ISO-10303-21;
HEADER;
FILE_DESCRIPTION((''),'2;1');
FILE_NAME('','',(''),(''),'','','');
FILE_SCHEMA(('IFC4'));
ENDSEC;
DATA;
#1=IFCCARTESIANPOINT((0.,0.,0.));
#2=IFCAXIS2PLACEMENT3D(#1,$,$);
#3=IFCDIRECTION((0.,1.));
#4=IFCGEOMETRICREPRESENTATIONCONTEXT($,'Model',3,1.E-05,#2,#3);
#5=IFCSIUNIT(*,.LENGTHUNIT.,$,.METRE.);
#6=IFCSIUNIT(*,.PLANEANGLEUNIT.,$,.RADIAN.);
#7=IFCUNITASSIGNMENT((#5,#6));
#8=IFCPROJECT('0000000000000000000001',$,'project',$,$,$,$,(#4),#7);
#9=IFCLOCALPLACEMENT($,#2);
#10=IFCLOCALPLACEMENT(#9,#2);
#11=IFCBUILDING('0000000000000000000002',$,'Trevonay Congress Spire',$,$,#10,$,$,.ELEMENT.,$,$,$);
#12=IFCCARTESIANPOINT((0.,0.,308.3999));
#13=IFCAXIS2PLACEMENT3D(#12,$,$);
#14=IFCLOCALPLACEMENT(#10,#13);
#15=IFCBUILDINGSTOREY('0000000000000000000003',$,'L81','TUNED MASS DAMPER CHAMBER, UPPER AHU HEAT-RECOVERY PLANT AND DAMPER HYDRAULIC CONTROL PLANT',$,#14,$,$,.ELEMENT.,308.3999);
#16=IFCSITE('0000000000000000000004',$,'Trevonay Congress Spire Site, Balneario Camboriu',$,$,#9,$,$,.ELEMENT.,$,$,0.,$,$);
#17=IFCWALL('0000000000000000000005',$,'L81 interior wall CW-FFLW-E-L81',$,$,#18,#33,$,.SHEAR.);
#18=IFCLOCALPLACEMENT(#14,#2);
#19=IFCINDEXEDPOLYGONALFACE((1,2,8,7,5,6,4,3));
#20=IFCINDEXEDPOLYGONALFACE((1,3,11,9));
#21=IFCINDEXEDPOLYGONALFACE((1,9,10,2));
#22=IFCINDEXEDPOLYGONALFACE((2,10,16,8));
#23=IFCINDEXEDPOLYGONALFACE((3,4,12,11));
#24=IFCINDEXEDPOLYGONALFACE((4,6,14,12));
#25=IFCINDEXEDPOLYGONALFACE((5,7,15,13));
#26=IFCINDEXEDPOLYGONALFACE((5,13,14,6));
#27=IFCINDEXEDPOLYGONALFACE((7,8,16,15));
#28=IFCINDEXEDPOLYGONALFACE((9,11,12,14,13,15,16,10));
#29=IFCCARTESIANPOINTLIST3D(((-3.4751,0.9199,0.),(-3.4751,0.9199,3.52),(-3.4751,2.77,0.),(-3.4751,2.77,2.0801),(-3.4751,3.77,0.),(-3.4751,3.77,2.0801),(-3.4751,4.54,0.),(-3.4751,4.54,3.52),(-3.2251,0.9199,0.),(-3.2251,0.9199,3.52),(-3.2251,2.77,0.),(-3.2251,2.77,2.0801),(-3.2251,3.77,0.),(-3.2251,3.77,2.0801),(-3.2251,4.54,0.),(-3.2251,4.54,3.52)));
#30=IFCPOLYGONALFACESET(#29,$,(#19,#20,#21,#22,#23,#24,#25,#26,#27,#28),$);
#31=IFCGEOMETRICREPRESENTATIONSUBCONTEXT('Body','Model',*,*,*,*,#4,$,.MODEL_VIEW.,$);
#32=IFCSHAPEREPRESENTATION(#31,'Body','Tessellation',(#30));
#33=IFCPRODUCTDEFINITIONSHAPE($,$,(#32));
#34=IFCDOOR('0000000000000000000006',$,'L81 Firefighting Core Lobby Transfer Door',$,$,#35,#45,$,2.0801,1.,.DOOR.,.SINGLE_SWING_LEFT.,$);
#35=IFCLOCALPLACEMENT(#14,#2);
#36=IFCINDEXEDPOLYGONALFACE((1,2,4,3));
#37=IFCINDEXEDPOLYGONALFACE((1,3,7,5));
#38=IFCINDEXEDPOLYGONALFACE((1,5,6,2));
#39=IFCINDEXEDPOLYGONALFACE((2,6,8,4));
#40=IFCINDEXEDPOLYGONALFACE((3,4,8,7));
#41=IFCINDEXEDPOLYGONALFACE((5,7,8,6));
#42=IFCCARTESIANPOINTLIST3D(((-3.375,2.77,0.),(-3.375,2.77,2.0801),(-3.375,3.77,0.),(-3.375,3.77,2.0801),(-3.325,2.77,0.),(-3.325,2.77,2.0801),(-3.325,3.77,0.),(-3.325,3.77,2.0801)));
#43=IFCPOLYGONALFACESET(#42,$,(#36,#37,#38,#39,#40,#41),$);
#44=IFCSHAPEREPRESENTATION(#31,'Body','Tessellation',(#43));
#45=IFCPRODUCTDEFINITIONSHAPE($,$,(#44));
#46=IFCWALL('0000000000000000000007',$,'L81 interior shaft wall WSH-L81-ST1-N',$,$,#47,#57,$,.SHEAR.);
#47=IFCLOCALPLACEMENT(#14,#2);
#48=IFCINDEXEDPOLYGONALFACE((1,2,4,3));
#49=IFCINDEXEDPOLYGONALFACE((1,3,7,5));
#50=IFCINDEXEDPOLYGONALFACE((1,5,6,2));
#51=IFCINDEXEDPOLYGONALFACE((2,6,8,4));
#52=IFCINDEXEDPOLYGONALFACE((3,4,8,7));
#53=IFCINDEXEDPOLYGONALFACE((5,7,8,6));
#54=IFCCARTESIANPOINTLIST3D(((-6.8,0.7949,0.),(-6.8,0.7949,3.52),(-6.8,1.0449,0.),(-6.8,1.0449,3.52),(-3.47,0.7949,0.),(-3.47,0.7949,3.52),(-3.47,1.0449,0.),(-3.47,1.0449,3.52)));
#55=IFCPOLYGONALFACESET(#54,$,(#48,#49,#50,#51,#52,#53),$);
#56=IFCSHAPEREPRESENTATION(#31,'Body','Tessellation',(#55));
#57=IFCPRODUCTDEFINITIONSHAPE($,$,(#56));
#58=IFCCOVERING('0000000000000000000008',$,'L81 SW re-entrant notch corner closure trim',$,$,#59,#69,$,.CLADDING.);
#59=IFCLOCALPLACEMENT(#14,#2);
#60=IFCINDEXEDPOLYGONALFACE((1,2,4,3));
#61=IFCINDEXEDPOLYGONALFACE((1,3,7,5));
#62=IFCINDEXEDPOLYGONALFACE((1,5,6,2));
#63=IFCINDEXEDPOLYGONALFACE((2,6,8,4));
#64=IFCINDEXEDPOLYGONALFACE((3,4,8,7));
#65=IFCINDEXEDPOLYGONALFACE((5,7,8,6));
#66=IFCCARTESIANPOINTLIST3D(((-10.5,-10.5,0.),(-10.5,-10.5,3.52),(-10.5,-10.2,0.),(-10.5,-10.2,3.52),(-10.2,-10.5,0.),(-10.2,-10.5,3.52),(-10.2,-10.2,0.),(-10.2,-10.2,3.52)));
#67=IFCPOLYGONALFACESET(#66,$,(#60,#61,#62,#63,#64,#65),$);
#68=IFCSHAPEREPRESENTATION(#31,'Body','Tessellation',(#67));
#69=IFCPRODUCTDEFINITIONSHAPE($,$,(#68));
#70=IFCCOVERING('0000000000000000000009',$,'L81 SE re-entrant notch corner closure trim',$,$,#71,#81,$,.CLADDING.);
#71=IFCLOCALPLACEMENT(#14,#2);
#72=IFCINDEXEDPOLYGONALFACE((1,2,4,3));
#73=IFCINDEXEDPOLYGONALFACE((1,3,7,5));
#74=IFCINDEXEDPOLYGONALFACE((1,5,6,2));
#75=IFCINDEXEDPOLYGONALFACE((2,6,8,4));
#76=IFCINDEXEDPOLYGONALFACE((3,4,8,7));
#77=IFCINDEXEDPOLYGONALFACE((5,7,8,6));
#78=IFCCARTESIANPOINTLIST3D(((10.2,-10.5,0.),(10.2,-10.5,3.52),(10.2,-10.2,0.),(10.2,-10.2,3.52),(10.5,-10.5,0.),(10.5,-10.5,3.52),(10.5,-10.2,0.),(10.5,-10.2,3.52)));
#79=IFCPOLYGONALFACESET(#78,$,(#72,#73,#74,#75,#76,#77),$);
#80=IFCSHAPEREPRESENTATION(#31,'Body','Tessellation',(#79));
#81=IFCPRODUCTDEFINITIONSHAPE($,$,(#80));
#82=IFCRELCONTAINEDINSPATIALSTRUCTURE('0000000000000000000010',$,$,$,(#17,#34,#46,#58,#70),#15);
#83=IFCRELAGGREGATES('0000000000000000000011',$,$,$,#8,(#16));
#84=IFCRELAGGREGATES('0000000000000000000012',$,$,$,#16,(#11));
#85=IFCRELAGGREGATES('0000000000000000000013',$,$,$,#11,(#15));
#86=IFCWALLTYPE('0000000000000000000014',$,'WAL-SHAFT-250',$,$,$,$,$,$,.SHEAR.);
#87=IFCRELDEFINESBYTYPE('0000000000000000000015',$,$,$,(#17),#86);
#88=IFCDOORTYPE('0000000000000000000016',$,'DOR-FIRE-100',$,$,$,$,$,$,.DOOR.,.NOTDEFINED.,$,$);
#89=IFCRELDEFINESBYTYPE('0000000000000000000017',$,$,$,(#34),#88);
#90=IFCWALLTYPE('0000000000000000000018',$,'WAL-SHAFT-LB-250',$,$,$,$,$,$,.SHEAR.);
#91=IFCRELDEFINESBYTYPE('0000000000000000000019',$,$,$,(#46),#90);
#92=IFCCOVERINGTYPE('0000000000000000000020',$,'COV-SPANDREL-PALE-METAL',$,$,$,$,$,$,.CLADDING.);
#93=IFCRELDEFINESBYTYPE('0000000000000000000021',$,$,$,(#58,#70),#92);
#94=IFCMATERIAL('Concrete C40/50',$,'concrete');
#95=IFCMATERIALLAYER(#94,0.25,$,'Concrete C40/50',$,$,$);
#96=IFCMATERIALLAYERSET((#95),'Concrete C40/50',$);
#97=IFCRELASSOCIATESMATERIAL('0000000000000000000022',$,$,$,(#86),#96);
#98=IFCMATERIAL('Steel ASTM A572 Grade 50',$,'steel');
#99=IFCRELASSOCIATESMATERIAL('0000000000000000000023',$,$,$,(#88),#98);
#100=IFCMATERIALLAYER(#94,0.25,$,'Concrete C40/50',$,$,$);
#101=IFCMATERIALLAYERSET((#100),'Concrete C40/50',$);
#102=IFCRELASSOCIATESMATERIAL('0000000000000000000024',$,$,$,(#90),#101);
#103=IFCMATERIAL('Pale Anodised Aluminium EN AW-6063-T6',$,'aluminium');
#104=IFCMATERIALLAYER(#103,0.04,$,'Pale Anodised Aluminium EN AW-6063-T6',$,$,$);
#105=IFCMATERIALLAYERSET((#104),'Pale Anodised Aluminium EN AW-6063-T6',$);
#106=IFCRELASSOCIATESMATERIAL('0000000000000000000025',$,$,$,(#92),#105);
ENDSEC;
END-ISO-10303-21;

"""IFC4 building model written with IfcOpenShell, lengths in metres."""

from ifc_helpers import new_model, si_unit, direction, frame, frame_2d, origin, place, context, subcontext, project, spatial, polyline, rectangle, outline, extrude, material, layer, layer_set, type_object, element, fill, save


model = new_model("IFC4")

# Units and contexts
model_context = context("Model", 3, precision=1e-05, world=origin(), true_north=direction((0.0, 1.0)))
body_context = subcontext(model_context, "Body", "Model", "MODEL_VIEW")
ifc_project = project(units=[si_unit("LENGTHUNIT", "METRE"), si_unit("PLANEANGLEUNIT", "RADIAN")], contexts=[model_context])

# Site, building, storey
site_placement = place(None, origin())
site = spatial("IfcSite", under=ifc_project, at=site_placement, Name="Trevonay Congress Spire Site, Balneario Camboriu", CompositionType="ELEMENT", RefElevation=0.0)
building_placement = place(site_placement, origin())
building = spatial("IfcBuilding", under=site, at=building_placement, Name="Trevonay Congress Spire", CompositionType="ELEMENT")
storey_placement = place(building_placement, frame((0.0, 0.0, 308.3999)))
storey = spatial("IfcBuildingStorey", under=building, at=storey_placement, Name="L81", Description="TUNED MASS DAMPER CHAMBER, UPPER AHU HEAT-RECOVERY PLANT AND DAMPER HYDRAULIC CONTROL PLANT", CompositionType="ELEMENT", Elevation=308.3999)

# Shared definitions
ifc_material_1 = material(Name="Steel ASTM A572 Grade 50", Category="steel")

# Shared definitions
ifc_material_2 = material(Name="Concrete C40/50", Category="concrete")

# Shared definitions
ifc_layer_1 = layer(ifc_material_2, 0.25, Name="Concrete C40/50")
ifc_layer_set_1 = layer_set([ifc_layer_1], Name="Concrete C40/50")
wall_type_1 = type_object("IfcWallType", Name="WAL-SHAFT-250", PredefinedType="SHEAR", material=ifc_layer_set_1)

# Wall, opening, door
wall_1_placement = place(storey_placement, frame((-3.3501, 0.9199, 0.0), z_axis=(0.0, 0.0, 1.0), x_axis=(0.0, 1.0, 0.0)))
wall_1 = element("IfcWall", 1, at=wall_1_placement, inside=storey, type_object=wall_type_1, Name="L81 interior wall CW-FFLW-E-L81", PredefinedType="SHEAR", context=body_context, shape_type="SweptSolid", body=[
    extrude(rectangle(XDim=3.6201, YDim=0.25, at=frame_2d((1.8101, 0.0))), origin(), (0.0, 0.0, 1.0), 3.52),
])
opening_1_placement = place(wall_1_placement, frame((1.8501, 0.0, 0.0)))
opening_1 = element("IfcOpeningElement", 2, at=opening_1_placement, cuts=wall_1, PredefinedType="OPENING", context=body_context, shape_type="SweptSolid", body=[
    extrude(rectangle(XDim=1.0, YDim=2.0801, at=frame_2d((0.5, 1.04))), frame((0.0, 0.135, 0.0), z_axis=(0.0, -1.0, 0.0), x_axis=(1.0, 0.0, 0.0)), (0.0, 0.0, 1.0), 0.27),
])
door_type_1 = type_object("IfcDoorType", Name="DOR-FIRE-100", OperationType="NOTDEFINED", PredefinedType="DOOR", material=ifc_material_1)
door_1_placement = place(opening_1_placement, origin())
door_1 = element("IfcDoor", 3, at=door_1_placement, inside=storey, type_object=door_type_1, Name="L81 Firefighting Core Lobby Transfer Door", OperationType="SINGLE_SWING_LEFT", OverallHeight=2.0801, OverallWidth=1.0, PredefinedType="DOOR", context=body_context, shape_type="SweptSolid", body=[
    extrude(rectangle(XDim=1.0, YDim=2.0801, at=frame_2d((0.5, 1.04))), frame((0.0, 0.0249, 0.0), z_axis=(0.0, -1.0, 0.0), x_axis=(1.0, 0.0, 0.0)), (0.0, 0.0, 1.0), 0.05),
])
fill(opening_1, door_1)

# Wall
ifc_layer_2 = layer(ifc_material_2, 0.25, Name="Concrete C40/50")
ifc_layer_set_2 = layer_set([ifc_layer_2], Name="Concrete C40/50")
wall_type_2 = type_object("IfcWallType", Name="WAL-SHAFT-LB-250", PredefinedType="SHEAR", material=ifc_layer_set_2)
wall_2_placement = place(storey_placement, frame((-6.8, 0.9199, 0.0), z_axis=(0.0, 0.0, 1.0), x_axis=(1.0, 0.0, 0.0)))
element("IfcWall", 4, at=wall_2_placement, inside=storey, type_object=wall_type_2, Name="L81 interior shaft wall WSH-L81-ST1-N", PredefinedType="SHEAR", context=body_context, shape_type="SweptSolid", body=[
    extrude(rectangle(XDim=3.3301, YDim=0.25, at=frame_2d((1.665, 0.0))), origin(), (0.0, 0.0, 1.0), 3.52),
])

# Coverings
ifc_material_3 = material(Name="Pale Anodised Aluminium EN AW-6063-T6", Category="aluminium")
ifc_layer_3 = layer(ifc_material_3, 0.04, Name="Pale Anodised Aluminium EN AW-6063-T6")
ifc_layer_set_3 = layer_set([ifc_layer_3], Name="Pale Anodised Aluminium EN AW-6063-T6")
covering_type = type_object("IfcCoveringType", Name="COV-SPANDREL-PALE-METAL", PredefinedType="CLADDING", material=ifc_layer_set_3)
covering_1_placement = place(storey_placement, origin())
element("IfcCovering", 5, at=covering_1_placement, inside=storey, type_object=covering_type, Name="L81 SW re-entrant notch corner closure trim", PredefinedType="CLADDING", context=body_context, shape_type="SweptSolid", body=[
    extrude(outline(polyline([(-10.5, -10.5), (-10.2, -10.5), (-10.2, -10.2), (-10.5, -10.2), (-10.5, -10.5)])), origin(), (0.0, 0.0, 1.0), 3.52),
])
covering_2_placement = place(storey_placement, origin())
element("IfcCovering", 6, at=covering_2_placement, inside=storey, type_object=covering_type, Name="L81 SE re-entrant notch corner closure trim", PredefinedType="CLADDING", context=body_context, shape_type="SweptSolid", body=[
    extrude(outline(polyline([(10.2, -10.5), (10.5, -10.5), (10.5, -10.2), (10.2, -10.2), (10.2, -10.5)])), origin(), (0.0, 0.0, 1.0), 3.52),
])

save(model, "model.ifc")
